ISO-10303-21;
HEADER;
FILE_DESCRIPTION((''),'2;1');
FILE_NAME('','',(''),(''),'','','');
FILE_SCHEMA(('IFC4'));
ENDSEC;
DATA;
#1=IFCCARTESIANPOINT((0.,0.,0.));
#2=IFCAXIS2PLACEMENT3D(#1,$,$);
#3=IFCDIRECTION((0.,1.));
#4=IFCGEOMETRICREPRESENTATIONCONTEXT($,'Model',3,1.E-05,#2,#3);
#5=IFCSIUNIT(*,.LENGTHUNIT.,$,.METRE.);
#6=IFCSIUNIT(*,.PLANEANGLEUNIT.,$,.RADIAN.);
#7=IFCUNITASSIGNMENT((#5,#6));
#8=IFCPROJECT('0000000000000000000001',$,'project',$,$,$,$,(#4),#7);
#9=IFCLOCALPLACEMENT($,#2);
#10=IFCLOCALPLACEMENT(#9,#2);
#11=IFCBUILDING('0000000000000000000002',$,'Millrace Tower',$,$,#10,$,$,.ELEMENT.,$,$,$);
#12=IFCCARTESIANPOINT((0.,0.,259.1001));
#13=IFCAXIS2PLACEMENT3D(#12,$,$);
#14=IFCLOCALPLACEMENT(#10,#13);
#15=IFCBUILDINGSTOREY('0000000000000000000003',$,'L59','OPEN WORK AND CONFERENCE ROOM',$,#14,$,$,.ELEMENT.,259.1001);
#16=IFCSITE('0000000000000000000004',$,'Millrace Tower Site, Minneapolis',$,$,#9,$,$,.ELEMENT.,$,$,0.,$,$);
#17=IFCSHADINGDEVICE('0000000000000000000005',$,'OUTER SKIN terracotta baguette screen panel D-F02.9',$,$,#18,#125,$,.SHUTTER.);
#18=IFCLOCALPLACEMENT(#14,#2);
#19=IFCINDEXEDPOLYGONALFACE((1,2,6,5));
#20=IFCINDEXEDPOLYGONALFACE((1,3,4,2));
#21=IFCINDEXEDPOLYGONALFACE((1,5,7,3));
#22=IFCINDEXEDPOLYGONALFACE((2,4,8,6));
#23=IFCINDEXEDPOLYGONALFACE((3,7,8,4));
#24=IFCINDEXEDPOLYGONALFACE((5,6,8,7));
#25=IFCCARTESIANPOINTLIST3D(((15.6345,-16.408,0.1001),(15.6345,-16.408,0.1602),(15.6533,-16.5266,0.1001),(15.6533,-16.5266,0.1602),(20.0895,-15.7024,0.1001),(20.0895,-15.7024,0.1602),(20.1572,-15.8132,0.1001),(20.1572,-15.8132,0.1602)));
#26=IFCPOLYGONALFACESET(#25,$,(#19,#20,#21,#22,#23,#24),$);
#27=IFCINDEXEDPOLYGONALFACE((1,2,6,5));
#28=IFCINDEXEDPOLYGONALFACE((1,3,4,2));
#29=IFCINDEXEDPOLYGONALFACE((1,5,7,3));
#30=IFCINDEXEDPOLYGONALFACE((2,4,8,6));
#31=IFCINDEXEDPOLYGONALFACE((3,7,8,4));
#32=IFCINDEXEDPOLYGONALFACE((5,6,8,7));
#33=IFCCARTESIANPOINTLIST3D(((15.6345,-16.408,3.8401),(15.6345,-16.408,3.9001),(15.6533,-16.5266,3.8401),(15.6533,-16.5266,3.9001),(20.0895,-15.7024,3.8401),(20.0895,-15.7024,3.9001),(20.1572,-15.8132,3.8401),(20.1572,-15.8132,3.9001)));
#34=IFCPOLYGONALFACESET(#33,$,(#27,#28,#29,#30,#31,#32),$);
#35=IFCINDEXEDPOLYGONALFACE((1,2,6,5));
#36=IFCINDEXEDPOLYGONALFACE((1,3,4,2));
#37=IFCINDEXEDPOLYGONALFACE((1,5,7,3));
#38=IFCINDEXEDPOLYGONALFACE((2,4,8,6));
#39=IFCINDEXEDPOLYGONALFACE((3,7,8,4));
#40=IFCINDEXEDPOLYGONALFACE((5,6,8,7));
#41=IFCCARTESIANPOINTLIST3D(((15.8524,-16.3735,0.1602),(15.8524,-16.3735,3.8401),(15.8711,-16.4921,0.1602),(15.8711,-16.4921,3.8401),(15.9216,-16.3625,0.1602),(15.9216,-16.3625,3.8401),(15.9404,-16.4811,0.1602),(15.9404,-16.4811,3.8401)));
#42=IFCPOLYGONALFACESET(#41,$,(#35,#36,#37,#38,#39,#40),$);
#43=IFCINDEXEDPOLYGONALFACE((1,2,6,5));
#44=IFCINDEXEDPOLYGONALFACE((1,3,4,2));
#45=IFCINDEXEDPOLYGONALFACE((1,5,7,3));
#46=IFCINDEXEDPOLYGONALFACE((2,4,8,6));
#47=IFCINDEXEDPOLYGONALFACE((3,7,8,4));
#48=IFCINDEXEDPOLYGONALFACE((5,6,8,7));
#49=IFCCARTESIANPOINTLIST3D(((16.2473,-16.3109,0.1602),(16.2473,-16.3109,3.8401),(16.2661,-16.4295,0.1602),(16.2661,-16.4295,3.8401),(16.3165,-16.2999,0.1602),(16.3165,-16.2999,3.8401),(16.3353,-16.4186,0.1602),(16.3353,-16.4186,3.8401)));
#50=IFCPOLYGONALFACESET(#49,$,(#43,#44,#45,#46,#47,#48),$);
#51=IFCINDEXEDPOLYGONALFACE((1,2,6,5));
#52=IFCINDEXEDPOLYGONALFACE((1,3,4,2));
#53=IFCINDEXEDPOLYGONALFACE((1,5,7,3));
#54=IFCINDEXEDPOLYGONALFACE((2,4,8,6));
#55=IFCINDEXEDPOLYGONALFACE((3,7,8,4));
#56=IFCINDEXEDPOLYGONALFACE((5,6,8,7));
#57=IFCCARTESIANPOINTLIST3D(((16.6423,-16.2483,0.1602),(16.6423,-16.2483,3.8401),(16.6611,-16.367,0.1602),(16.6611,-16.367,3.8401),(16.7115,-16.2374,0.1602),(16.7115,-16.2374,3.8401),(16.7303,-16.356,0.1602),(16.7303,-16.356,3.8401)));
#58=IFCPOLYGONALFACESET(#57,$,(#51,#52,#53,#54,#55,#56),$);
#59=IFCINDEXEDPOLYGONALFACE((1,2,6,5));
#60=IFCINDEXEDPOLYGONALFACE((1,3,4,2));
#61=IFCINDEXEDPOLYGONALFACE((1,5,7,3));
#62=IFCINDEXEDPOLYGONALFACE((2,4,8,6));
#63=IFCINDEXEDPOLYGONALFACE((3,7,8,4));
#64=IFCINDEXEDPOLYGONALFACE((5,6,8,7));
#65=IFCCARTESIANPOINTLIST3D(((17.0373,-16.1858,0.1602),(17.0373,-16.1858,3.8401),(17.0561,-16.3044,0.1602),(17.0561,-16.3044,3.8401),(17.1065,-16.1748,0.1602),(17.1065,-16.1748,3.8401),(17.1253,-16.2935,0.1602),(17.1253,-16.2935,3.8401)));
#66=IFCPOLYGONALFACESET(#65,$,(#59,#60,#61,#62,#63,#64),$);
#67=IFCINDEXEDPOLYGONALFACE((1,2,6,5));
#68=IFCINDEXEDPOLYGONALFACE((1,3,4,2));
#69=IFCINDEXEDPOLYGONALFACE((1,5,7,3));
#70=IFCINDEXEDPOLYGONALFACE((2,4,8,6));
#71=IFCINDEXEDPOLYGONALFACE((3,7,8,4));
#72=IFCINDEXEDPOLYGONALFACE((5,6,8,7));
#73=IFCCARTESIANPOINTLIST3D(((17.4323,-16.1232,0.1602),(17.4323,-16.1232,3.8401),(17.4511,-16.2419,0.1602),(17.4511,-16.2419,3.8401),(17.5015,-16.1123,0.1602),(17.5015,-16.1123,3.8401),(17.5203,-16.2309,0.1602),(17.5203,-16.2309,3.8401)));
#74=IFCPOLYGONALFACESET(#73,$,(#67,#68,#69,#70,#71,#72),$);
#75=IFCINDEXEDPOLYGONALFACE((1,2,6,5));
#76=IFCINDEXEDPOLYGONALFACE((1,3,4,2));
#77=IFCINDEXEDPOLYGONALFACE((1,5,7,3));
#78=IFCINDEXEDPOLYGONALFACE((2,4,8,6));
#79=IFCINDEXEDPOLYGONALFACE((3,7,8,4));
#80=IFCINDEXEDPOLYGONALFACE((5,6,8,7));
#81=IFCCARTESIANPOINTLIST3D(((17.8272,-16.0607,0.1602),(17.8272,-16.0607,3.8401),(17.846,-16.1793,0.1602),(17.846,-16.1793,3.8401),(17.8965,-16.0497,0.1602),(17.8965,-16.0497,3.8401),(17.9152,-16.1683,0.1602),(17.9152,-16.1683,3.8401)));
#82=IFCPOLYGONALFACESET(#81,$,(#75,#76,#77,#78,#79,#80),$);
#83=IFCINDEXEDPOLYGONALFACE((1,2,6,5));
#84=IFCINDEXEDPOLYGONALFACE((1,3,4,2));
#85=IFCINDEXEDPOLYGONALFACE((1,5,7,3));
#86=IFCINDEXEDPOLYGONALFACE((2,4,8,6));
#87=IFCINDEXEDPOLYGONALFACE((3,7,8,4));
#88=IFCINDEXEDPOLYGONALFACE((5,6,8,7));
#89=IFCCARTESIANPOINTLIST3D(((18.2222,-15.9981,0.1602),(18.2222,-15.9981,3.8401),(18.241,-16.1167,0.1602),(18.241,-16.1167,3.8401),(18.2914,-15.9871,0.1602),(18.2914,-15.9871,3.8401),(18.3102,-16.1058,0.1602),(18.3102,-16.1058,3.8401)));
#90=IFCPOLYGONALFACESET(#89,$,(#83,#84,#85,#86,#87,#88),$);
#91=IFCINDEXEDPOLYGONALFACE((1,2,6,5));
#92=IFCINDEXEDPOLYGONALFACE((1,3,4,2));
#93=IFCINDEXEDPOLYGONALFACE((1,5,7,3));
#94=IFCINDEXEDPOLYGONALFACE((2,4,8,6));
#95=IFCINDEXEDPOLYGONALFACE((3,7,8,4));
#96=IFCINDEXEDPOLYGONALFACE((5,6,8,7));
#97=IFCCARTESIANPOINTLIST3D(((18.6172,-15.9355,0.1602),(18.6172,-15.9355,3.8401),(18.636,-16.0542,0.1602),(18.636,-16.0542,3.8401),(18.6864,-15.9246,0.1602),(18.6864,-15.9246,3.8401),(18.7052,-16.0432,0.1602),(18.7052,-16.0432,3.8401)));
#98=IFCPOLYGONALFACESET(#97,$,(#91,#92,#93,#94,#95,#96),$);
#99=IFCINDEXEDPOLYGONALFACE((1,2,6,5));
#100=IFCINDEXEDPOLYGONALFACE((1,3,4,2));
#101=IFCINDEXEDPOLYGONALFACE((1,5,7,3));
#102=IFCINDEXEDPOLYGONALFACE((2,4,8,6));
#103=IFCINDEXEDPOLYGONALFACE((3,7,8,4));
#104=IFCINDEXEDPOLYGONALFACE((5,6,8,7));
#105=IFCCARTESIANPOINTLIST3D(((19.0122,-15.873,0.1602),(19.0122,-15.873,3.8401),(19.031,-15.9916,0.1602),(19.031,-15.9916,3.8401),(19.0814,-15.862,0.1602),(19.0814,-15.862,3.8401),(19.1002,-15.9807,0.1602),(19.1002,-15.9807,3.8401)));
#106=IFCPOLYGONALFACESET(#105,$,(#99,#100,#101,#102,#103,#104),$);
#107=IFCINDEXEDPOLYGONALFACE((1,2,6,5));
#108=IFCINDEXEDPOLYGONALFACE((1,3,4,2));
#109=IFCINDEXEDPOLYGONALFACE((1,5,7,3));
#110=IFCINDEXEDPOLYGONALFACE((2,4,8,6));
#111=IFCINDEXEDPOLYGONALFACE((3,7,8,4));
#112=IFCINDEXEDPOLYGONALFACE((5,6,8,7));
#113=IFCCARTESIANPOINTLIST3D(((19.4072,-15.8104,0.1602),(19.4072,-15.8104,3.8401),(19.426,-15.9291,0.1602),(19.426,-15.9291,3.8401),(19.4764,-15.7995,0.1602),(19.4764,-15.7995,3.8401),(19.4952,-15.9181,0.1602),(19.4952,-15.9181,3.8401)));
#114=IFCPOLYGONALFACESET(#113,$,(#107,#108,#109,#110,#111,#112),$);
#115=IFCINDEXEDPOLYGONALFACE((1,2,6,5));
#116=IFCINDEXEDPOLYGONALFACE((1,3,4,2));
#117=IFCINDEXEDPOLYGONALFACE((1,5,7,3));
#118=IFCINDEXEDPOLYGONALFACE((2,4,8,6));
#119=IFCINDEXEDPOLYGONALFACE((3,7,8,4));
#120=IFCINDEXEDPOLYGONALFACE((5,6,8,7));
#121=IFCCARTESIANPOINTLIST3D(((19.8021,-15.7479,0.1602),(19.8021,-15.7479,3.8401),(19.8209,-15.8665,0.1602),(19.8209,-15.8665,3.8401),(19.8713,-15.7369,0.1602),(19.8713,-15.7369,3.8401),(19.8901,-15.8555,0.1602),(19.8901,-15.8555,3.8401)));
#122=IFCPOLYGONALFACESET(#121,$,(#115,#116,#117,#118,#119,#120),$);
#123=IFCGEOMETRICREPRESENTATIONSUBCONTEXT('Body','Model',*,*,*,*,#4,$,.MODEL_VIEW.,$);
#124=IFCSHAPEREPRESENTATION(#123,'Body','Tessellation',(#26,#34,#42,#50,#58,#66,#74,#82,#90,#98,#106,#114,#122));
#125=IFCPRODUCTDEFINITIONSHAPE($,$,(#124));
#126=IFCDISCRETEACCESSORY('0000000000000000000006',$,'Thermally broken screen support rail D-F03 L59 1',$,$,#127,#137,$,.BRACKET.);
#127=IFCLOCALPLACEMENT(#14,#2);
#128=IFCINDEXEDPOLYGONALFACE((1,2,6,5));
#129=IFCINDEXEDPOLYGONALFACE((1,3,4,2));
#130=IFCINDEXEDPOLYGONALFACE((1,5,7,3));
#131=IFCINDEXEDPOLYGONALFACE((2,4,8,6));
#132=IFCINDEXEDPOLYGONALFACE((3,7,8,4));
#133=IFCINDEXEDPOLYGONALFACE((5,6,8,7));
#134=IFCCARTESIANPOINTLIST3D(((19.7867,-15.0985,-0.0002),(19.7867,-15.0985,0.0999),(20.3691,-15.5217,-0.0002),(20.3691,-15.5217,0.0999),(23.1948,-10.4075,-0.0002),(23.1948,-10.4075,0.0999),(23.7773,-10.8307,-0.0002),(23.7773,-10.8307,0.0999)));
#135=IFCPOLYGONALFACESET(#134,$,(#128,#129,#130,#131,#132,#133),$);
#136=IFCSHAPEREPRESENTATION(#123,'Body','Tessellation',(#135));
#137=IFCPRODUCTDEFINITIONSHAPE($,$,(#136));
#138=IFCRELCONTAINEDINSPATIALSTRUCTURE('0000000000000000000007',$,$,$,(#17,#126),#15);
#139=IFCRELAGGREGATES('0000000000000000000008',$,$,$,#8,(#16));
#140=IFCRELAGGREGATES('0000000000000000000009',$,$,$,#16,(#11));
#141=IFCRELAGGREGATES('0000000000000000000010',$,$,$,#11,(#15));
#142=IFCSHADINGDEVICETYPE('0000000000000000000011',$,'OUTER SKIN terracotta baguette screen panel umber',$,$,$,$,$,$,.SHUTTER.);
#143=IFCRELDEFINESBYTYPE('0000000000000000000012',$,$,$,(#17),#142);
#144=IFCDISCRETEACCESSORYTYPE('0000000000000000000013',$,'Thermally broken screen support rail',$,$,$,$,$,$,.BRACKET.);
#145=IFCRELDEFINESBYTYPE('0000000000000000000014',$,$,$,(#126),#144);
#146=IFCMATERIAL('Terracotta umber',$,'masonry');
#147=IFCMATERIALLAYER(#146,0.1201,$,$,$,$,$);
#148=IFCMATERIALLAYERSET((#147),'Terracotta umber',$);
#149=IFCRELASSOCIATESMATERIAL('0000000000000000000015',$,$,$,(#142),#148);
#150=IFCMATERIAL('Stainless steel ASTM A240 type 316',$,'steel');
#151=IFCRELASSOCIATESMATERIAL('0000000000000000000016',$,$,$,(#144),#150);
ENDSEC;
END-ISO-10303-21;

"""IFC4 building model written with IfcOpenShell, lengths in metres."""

from ifc_helpers import new_model, entity, si_unit, direction, frame, frame_2d, origin, origin_2d, place, context, subcontext, project, spatial, rectangle, extrude, source, transform, mapped, material, layer, layer_set, type_object, element, save


model = new_model("IFC4")

# Units and contexts
model_context = context("Model", 3, precision=1e-05, world=origin(), true_north=direction((0.0, 1.0)))
body_context = subcontext(model_context, "Body", "Model", "MODEL_VIEW")
ifc_project = project(units=[si_unit("LENGTHUNIT", "METRE"), si_unit("PLANEANGLEUNIT", "RADIAN")], contexts=[model_context])

# Site, building, storey
site_placement = place(None, origin())
site = spatial("IfcSite", under=ifc_project, at=site_placement, Name="Millrace Tower Site, Minneapolis", CompositionType="ELEMENT", RefElevation=0.0)
building_placement = place(site_placement, origin())
building = spatial("IfcBuilding", under=site, at=building_placement, Name="Millrace Tower", CompositionType="ELEMENT")
storey_placement = place(building_placement, frame((0.0, 0.0, 259.1001)))
storey = spatial("IfcBuildingStorey", under=building, at=storey_placement, Name="L59", Description="OPEN WORK AND CONFERENCE ROOM", CompositionType="ELEMENT", Elevation=259.1001)

# Shading device
ifc_material_1 = material(Name="Terracotta umber", Category="masonry")
ifc_layer_1 = layer(ifc_material_1, 0.1201)
ifc_layer_set_1 = layer_set([ifc_layer_1], Name="Terracotta umber")
shading_device_type = type_object("IfcShadingDeviceType", Name="OUTER SKIN terracotta baguette screen panel umber", PredefinedType="SHUTTER", material=ifc_layer_set_1)
cartesian_point_1 = entity("IfcCartesianPoint", [-2.2676, 0.0601])
shared_polyline_1 = entity("IfcPolyline", [cartesian_point_1, entity("IfcCartesianPoint", [2.2429, 0.0601]), entity("IfcCartesianPoint", [2.2925, -0.0601]), entity("IfcCartesianPoint", [-2.2676, -0.0601]), cartesian_point_1])
shared_shape_1 = source(origin(), body_context, "Body", "SweptSolid", [
    entity("IfcExtrudedAreaSolid", entity("IfcArbitraryClosedProfileDef", "AREA", None, shared_polyline_1), entity("IfcAxis2Placement3D", entity("IfcCartesianPoint", [0.0, 0.0, 0.0])), entity("IfcDirection", [0.0, 0.0, 1.0]), 0.0601),
    entity("IfcExtrudedAreaSolid", entity("IfcArbitraryClosedProfileDef", "AREA", None, shared_polyline_1), entity("IfcAxis2Placement3D", entity("IfcCartesianPoint", [0.0, 0.0, 3.74])), entity("IfcDirection", [0.0, 0.0, 1.0]), 0.0601),
    extrude(rectangle(XDim=0.0701, YDim=0.1201, at=frame_2d((-2.012, 0.0))), frame((0.0, 0.0, 0.0601)), (0.0, 0.0, 1.0), 3.6799),
    extrude(rectangle(XDim=0.0701, YDim=0.1201, at=frame_2d((-1.6121, 0.0))), frame((0.0, 0.0, 0.0601)), (0.0, 0.0, 1.0), 3.6799),
    extrude(rectangle(XDim=0.0701, YDim=0.1201, at=frame_2d((-1.2122, 0.0))), frame((0.0, 0.0, 0.0601)), (0.0, 0.0, 1.0), 3.6799),
    extrude(rectangle(XDim=0.0701, YDim=0.1201, at=frame_2d((-0.8123, 0.0))), frame((0.0, 0.0, 0.0601)), (0.0, 0.0, 1.0), 3.6799),
    extrude(rectangle(XDim=0.0701, YDim=0.1201, at=frame_2d((-0.4124, 0.0))), frame((0.0, 0.0, 0.0601)), (0.0, 0.0, 1.0), 3.6799),
    extrude(rectangle(XDim=0.0701, YDim=0.1201, at=frame_2d((-0.0125, 0.0))), frame((0.0, 0.0, 0.0601)), (0.0, 0.0, 1.0), 3.6799),
    extrude(rectangle(XDim=0.0701, YDim=0.1201, at=frame_2d((0.3875, 0.0))), frame((0.0, 0.0, 0.0601)), (0.0, 0.0, 1.0), 3.6799),
    extrude(rectangle(XDim=0.0701, YDim=0.1201, at=frame_2d((0.7874, 0.0))), frame((0.0, 0.0, 0.0601)), (0.0, 0.0, 1.0), 3.6799),
    extrude(rectangle(XDim=0.0701, YDim=0.1201, at=frame_2d((1.1873, 0.0))), frame((0.0, 0.0, 0.0601)), (0.0, 0.0, 1.0), 3.6799),
    extrude(rectangle(XDim=0.0701, YDim=0.1201, at=frame_2d((1.5872, 0.0))), frame((0.0, 0.0, 0.0601)), (0.0, 0.0, 1.0), 3.6799),
    extrude(rectangle(XDim=0.0701, YDim=0.1201, at=frame_2d((1.9871, 0.0))), frame((0.0, 0.0, 0.0601)), (0.0, 0.0, 1.0), 3.6799),
])
shading_device_1_placement = place(storey_placement, frame((17.8835, -16.1125, 0.1001), z_axis=(0.0, 0.0, 1.0), x_axis=(0.987688, 0.156434, 0.0)))
element("IfcShadingDevice", 1, at=shading_device_1_placement, inside=storey, type_object=shading_device_type, Name="OUTER SKIN terracotta baguette screen panel D-F02.9", PredefinedType="SHUTTER", context=body_context, shape_type="MappedRepresentation", body=[
    mapped(shared_shape_1, transform((0.0, 0.0, 0.0), scale=1.0)),
])

# Discrete accessory
ifc_material_2 = material(Name="Stainless steel ASTM A240 type 316", Category="steel")
discrete_accessory_type = type_object("IfcDiscreteAccessoryType", Name="Thermally broken screen support rail", PredefinedType="BRACKET", material=ifc_material_2)
discrete_accessory_placement = place(storey_placement, frame((21.782, -12.9646, -0.0002), z_axis=(0.0, 0.0, 1.0), x_axis=(0.587785, 0.809017, 0.0)))
element("IfcDiscreteAccessory", 2, at=discrete_accessory_placement, inside=storey, type_object=discrete_accessory_type, Name="Thermally broken screen support rail D-F03 L59 1", PredefinedType="BRACKET", context=body_context, shape_type="SweptSolid", body=[
    extrude(rectangle(XDim=5.7983, YDim=0.72, at=origin_2d()), origin(), (0.0, 0.0, 1.0), 0.1001),
])

save(model, "model.ifc")
